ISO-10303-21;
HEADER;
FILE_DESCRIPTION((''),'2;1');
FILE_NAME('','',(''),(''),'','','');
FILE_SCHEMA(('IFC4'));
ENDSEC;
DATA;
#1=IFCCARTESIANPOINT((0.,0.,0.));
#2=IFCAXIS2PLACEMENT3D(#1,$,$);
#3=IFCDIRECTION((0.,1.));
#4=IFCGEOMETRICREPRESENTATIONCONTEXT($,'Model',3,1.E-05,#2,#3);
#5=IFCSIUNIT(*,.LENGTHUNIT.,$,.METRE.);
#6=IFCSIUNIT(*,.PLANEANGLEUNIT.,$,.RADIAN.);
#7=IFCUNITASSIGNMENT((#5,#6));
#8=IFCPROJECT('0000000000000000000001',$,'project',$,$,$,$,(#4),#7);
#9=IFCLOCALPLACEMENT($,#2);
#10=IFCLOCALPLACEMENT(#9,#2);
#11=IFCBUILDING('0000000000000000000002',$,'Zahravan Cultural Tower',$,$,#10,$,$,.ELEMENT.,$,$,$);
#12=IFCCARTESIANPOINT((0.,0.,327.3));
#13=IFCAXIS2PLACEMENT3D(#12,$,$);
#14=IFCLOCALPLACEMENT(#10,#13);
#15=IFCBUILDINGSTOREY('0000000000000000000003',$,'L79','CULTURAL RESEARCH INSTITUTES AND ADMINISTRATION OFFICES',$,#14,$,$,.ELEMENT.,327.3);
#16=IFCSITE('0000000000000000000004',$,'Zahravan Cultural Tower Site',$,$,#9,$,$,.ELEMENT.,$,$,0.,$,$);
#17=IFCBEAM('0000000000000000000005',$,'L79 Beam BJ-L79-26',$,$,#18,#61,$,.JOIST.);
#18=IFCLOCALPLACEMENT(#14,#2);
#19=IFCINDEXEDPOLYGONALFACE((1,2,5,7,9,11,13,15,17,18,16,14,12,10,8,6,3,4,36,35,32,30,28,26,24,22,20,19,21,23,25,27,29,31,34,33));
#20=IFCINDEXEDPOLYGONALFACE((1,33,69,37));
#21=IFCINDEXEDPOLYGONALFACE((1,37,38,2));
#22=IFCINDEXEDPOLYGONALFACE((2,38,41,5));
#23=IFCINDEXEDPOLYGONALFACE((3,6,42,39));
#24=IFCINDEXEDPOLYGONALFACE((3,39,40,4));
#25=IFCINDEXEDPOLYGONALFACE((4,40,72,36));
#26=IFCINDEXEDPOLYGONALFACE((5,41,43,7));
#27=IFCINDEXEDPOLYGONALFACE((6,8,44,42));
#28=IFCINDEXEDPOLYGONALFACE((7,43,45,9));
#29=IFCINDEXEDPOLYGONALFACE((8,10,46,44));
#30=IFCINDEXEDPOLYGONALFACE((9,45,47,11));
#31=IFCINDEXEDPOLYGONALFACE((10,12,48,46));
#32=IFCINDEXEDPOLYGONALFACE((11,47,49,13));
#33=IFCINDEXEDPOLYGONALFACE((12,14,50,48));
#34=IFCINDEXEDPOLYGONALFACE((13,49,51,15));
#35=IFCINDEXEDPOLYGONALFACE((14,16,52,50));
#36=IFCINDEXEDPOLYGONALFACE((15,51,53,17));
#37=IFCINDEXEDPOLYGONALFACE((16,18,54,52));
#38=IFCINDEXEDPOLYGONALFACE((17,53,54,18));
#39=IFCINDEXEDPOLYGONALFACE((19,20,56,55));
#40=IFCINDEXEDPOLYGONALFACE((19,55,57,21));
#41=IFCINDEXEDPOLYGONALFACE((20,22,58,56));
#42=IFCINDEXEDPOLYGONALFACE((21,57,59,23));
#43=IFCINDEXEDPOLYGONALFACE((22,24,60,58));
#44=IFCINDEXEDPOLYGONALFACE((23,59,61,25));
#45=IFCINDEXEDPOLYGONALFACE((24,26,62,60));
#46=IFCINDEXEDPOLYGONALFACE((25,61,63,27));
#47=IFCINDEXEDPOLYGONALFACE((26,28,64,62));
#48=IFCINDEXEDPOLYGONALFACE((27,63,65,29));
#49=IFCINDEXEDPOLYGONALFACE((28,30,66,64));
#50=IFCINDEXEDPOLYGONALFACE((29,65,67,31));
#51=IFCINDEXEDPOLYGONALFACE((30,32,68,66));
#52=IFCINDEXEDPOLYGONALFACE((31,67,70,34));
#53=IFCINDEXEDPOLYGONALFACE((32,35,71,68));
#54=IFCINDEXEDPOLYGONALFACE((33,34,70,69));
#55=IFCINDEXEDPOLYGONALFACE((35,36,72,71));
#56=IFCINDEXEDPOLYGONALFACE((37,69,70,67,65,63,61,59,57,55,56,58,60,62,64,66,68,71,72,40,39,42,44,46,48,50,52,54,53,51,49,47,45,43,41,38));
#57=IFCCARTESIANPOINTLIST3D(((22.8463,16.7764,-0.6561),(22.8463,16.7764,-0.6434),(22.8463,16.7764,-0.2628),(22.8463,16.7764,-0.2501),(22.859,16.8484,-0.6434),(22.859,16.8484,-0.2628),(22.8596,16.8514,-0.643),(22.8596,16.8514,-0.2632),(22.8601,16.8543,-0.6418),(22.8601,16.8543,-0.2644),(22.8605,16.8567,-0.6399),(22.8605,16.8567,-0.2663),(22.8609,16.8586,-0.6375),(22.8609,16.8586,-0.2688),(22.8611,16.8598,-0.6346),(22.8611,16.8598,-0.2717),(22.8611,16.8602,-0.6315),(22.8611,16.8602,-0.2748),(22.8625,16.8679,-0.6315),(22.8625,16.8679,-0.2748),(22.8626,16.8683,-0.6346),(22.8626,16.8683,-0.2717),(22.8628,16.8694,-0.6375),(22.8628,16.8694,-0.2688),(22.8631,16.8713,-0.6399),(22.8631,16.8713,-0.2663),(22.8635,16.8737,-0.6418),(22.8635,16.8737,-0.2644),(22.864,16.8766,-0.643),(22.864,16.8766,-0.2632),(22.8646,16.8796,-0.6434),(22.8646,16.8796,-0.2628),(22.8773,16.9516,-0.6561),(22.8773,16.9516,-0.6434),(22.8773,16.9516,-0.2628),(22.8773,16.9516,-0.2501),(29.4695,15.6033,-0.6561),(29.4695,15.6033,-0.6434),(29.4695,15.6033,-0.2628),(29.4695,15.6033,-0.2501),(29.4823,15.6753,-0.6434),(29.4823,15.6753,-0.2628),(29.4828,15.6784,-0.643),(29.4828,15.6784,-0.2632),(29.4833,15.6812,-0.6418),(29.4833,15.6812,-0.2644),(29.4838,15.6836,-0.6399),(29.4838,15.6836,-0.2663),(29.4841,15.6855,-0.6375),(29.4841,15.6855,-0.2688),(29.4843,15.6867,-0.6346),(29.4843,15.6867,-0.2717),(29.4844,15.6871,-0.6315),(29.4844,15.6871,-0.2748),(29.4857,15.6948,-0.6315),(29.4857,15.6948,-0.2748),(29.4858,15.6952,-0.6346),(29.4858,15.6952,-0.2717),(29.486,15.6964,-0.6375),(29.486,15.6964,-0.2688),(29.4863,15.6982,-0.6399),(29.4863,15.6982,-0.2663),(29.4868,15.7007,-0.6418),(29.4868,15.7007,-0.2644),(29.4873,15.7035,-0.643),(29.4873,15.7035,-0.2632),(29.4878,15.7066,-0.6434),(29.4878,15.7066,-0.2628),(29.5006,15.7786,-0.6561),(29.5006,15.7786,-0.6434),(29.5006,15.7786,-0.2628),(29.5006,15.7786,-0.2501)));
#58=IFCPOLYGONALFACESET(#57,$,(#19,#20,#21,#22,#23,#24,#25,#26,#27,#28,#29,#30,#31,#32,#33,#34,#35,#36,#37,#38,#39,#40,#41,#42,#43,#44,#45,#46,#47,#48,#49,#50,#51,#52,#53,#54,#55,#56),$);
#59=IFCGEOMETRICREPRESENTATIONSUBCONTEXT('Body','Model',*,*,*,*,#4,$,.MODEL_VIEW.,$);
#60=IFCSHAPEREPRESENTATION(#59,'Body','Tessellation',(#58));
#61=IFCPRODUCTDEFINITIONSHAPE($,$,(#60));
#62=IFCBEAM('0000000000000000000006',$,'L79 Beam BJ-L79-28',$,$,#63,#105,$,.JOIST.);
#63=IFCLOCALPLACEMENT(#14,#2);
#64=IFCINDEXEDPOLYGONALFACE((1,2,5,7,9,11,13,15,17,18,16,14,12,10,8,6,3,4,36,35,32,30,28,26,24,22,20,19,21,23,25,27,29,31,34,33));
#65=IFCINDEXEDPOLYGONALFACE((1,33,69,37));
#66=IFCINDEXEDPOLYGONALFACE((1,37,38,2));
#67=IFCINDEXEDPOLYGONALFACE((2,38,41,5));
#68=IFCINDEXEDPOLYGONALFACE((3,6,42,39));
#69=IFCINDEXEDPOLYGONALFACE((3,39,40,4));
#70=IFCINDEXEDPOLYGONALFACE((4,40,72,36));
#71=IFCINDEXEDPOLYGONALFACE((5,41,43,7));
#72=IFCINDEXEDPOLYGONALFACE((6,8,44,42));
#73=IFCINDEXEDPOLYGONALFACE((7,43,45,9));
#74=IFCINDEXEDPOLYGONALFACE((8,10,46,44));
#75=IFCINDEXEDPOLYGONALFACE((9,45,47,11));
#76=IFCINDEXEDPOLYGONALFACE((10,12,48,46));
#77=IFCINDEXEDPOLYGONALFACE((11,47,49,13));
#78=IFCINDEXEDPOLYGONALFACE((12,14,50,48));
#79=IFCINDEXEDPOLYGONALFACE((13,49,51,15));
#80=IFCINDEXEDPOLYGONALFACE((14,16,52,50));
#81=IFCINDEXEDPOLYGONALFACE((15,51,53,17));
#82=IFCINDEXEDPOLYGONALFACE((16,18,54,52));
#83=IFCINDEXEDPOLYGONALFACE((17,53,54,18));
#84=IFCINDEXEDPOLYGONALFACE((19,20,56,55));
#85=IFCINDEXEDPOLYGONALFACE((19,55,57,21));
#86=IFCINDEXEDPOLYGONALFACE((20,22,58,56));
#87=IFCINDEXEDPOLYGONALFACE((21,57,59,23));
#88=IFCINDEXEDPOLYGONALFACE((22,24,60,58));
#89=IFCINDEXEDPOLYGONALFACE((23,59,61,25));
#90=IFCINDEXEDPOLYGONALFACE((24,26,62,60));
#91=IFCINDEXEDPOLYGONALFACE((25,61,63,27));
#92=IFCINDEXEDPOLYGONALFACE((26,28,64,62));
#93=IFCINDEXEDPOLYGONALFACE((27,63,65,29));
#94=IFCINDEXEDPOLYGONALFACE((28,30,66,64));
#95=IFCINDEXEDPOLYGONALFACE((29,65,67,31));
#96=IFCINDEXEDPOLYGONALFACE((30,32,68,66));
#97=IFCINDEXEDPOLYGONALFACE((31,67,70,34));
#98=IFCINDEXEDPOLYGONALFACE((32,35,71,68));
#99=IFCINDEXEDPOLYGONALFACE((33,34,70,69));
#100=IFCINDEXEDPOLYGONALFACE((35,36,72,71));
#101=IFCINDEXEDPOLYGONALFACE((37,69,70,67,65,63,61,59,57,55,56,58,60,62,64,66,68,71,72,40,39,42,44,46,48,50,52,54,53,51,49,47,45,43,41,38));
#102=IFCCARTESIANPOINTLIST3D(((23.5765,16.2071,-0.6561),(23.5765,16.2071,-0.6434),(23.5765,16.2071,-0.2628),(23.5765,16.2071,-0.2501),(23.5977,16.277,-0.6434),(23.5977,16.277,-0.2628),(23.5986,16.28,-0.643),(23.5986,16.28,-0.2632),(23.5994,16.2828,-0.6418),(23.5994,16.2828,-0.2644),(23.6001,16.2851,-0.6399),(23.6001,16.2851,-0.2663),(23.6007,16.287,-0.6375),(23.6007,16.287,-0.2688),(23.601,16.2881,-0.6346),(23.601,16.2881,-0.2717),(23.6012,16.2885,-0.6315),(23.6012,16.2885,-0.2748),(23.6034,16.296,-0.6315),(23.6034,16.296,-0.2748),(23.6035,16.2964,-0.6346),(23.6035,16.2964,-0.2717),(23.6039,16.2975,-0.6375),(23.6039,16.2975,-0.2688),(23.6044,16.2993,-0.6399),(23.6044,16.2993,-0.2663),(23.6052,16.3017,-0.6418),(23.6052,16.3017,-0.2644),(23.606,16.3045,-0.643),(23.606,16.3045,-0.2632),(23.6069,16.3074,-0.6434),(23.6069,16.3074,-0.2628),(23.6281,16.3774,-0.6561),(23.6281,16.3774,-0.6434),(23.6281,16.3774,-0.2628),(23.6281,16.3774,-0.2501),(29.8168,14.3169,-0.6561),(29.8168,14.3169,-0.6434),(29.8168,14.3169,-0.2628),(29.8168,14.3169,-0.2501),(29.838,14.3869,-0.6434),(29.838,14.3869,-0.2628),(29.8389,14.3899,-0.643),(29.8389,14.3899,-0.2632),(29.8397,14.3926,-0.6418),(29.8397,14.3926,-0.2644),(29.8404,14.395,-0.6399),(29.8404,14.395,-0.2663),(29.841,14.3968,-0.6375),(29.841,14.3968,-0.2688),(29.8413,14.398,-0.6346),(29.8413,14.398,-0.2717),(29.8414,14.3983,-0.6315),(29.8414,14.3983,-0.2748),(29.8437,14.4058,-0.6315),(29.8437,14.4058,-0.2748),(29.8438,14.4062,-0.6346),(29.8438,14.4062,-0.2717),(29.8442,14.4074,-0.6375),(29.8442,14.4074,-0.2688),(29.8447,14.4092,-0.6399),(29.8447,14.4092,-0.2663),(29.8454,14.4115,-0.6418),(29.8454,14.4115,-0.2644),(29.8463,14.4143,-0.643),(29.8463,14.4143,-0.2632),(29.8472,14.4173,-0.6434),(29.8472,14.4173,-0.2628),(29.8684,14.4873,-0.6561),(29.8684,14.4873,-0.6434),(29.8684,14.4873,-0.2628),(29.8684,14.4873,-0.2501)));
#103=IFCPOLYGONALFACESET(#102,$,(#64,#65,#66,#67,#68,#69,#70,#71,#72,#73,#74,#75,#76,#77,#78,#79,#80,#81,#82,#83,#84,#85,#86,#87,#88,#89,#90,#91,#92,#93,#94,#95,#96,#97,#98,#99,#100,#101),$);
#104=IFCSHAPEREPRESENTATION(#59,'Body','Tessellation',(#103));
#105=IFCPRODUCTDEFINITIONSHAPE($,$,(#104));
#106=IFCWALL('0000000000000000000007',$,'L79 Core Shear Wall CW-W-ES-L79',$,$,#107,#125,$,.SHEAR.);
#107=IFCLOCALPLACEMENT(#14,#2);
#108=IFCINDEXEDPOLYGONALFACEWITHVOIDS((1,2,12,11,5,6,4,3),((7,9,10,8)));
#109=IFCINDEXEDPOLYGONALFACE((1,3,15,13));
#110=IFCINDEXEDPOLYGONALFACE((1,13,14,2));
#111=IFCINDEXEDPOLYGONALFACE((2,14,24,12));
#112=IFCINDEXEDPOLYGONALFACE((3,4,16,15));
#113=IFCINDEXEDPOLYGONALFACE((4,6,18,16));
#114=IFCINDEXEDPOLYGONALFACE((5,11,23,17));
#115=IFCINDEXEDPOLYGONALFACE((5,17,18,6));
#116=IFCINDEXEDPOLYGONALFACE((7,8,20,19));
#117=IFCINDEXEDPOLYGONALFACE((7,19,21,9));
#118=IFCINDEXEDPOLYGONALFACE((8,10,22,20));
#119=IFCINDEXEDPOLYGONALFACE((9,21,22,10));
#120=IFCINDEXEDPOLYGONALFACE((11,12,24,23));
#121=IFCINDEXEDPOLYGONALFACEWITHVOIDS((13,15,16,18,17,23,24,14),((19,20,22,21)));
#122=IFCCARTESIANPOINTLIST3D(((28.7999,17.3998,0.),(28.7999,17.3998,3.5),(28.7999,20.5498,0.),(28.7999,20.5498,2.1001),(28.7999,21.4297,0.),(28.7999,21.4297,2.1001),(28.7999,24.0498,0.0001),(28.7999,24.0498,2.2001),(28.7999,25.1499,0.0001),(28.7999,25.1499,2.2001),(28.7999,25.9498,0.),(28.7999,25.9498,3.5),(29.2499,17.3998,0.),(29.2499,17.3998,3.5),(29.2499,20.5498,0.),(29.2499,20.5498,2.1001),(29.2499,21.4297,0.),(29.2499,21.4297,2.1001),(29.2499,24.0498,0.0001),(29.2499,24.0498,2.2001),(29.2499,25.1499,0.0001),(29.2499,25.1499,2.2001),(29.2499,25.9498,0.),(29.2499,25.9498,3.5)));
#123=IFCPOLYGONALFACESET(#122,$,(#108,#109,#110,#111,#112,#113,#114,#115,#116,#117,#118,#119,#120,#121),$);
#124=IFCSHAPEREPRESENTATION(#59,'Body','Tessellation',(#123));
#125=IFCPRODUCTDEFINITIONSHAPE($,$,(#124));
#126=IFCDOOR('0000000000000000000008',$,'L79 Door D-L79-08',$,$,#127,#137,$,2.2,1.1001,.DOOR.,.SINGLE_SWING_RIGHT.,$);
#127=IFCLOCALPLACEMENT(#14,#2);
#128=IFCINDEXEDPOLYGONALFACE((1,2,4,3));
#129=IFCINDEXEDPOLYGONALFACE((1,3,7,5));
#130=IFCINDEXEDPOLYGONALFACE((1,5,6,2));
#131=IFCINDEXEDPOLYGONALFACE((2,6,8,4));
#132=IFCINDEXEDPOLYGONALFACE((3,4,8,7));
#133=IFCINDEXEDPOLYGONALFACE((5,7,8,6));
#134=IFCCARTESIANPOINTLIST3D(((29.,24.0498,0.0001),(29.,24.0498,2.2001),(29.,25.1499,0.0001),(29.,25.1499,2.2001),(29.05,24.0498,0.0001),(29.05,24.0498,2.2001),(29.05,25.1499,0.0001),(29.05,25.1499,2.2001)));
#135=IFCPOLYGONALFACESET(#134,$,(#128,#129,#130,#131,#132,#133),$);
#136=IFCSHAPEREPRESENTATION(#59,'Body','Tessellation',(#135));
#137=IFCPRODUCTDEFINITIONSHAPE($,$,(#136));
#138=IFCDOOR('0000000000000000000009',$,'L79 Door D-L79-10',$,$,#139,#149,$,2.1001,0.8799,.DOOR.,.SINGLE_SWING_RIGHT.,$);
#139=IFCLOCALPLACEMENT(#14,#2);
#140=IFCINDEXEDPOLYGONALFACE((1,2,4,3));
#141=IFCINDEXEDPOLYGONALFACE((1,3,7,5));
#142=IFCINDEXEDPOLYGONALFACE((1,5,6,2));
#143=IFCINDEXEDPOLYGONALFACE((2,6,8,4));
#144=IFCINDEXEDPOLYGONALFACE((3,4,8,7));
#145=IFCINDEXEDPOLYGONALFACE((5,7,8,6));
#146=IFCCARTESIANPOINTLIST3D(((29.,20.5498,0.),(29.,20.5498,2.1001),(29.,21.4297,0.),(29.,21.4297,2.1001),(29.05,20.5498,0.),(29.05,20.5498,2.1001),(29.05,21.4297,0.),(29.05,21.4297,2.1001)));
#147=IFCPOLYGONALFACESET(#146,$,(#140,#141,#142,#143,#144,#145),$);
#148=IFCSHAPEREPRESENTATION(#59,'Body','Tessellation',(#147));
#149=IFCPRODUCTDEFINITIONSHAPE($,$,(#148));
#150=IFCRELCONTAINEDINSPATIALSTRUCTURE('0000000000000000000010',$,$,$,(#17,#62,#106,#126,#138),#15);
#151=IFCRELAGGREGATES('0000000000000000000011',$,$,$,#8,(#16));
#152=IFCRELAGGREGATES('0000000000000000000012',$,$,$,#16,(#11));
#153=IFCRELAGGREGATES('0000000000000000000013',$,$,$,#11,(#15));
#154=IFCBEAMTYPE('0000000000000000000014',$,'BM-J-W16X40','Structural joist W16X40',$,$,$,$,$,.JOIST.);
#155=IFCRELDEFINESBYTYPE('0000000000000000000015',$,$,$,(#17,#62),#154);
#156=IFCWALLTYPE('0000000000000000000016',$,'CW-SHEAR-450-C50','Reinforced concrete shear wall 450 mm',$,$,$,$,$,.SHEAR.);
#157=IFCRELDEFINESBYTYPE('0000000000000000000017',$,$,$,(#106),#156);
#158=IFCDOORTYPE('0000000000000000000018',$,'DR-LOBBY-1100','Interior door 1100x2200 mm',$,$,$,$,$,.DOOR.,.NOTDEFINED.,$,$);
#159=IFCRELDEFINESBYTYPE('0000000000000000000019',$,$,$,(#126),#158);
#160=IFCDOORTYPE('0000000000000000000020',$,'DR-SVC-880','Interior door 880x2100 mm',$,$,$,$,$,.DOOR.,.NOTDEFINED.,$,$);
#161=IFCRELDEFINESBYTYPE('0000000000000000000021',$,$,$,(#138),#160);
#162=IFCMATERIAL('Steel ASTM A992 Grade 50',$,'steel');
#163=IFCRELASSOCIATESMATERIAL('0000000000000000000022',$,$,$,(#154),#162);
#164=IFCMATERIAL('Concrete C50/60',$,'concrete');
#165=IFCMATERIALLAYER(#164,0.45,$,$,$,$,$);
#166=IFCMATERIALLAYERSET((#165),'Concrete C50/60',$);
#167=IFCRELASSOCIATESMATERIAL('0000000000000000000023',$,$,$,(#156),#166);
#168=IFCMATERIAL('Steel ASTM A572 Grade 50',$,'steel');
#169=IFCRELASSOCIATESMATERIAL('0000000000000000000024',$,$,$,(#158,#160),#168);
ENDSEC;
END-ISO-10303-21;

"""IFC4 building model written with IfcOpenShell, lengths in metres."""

from ifc_helpers import new_model, si_unit, direction, frame, frame_2d, origin, origin_2d, place, context, subcontext, project, spatial, rectangle, i_section, extrude, source, transform, mapped, material, layer, layer_set, material_profile, profile_set, type_object, element, fill, save


model = new_model("IFC4")

# Units and contexts
model_context = context("Model", 3, precision=1e-05, world=origin(), true_north=direction((0.0, 1.0)))
body_context = subcontext(model_context, "Body", "Model", "MODEL_VIEW")
ifc_project = project(units=[si_unit("LENGTHUNIT", "METRE"), si_unit("PLANEANGLEUNIT", "RADIAN")], contexts=[model_context])

# Site, building, storey
site_placement = place(None, origin())
site = spatial("IfcSite", under=ifc_project, at=site_placement, Name="Zahravan Cultural Tower Site", CompositionType="ELEMENT", RefElevation=0.0)
building_placement = place(site_placement, origin())
building = spatial("IfcBuilding", under=site, at=building_placement, Name="Zahravan Cultural Tower", CompositionType="ELEMENT")
storey_placement = place(building_placement, frame((0.0, 0.0, 327.3)))
storey = spatial("IfcBuildingStorey", under=building, at=storey_placement, Name="L79", Description="CULTURAL RESEARCH INSTITUTES AND ADMINISTRATION OFFICES", CompositionType="ELEMENT", Elevation=327.3)

# Shared definitions
ifc_material_1 = material(Name="Steel ASTM A992 Grade 50", Category="steel")

# Beams
ifc_material_profile_1 = material_profile(ifc_material_1, i_section(OverallWidth=0.178, OverallDepth=0.406, WebThickness=0.0078, FlangeThickness=0.0127, FilletRadius=0.012, at=origin_2d()), Name="W16X40")
ifc_profile_set_1 = profile_set([ifc_material_profile_1], Name="Steel ASTM A992 Grade 50")
beam_type_1 = type_object("IfcBeamType", Name="BM-J-W16X40", Description="Structural joist W16X40", PredefinedType="JOIST", material=ifc_profile_set_1)
shared_shape_1 = source(origin(), body_context, "Body", "SweptSolid", [
    extrude(i_section(OverallWidth=0.178, OverallDepth=0.406, WebThickness=0.0078, FlangeThickness=0.0127, FilletRadius=0.012, at=origin_2d()), origin(), (0.0, 0.0, 1.0), 6.7263),
])
beam_1_placement = place(storey_placement, frame((22.8618, 16.864, -0.4531), z_axis=(0.984674, -0.174402, 0.0), x_axis=(0.174402, 0.984674, 0.0)))
element("IfcBeam", 1, at=beam_1_placement, inside=storey, type_object=beam_type_1, Name="L79 Beam BJ-L79-26", PredefinedType="JOIST", context=body_context, shape_type="MappedRepresentation", body=[
    mapped(shared_shape_1, transform((0.0, 0.0, 0.0), x_axis=(1.0, 0.0, 0.0), y_axis=(0.0, 1.0, 0.0), z_axis=(0.0, 0.0, 1.0), scale=1.0)),
])
shared_shape_2 = source(origin(), body_context, "Body", "SweptSolid", [
    extrude(i_section(OverallWidth=0.178, OverallDepth=0.406, WebThickness=0.0078, FlangeThickness=0.0127, FilletRadius=0.012, at=origin_2d()), origin(), (0.0, 0.0, 1.0), 6.5203),
])
beam_2_placement = place(storey_placement, frame((23.6023, 16.2922, -0.4531), z_axis=(0.95706, -0.289889, 0.0), x_axis=(0.289889, 0.95706, 0.0)))
element("IfcBeam", 2, at=beam_2_placement, inside=storey, type_object=beam_type_1, Name="L79 Beam BJ-L79-28", PredefinedType="JOIST", context=body_context, shape_type="MappedRepresentation", body=[
    mapped(shared_shape_2, transform((0.0, 0.0, 0.0), x_axis=(1.0, 0.0, 0.0), y_axis=(0.0, 1.0, 0.0), z_axis=(0.0, 0.0, 1.0), scale=1.0)),
])

# Wall, openings, doors
ifc_material_2 = material(Name="Concrete C50/60", Category="concrete")
ifc_layer_1 = layer(ifc_material_2, 0.45)
ifc_layer_set_1 = layer_set([ifc_layer_1], Name="Concrete C50/60")
wall_type_1 = type_object("IfcWallType", Name="CW-SHEAR-450-C50", Description="Reinforced concrete shear wall 450 mm", PredefinedType="SHEAR", material=ifc_layer_set_1)
wall_1_placement = place(storey_placement, frame((29.0249, 17.3999, 0.0), z_axis=(0.0, 0.0, 1.0), x_axis=(0.0, 1.0, 0.0)))
wall_1 = element("IfcWall", 3, at=wall_1_placement, inside=storey, type_object=wall_type_1, Name="L79 Core Shear Wall CW-W-ES-L79", PredefinedType="SHEAR", context=body_context, shape_type="SweptSolid", body=[
    extrude(rectangle(XDim=8.55, YDim=0.45, at=frame_2d((4.2749, 0.0))), origin(), (0.0, 0.0, 1.0), 3.5),
])
opening_1_placement = place(wall_1_placement, frame((6.6499, 0.0, 0.0)))
opening_1 = element("IfcOpeningElement", 4, at=opening_1_placement, cuts=wall_1, PredefinedType="OPENING", context=body_context, shape_type="SweptSolid", body=[
    extrude(rectangle(XDim=1.1001, YDim=2.2, at=frame_2d((0.55, 1.1001))), frame((0.0, 0.2349, 0.0), z_axis=(0.0, -1.0, 0.0), x_axis=(1.0, 0.0, 0.0)), (0.0, 0.0, 1.0), 0.47),
])
opening_2_placement = place(wall_1_placement, frame((3.1499, 0.0, 0.0)))
opening_2 = element("IfcOpeningElement", 5, at=opening_2_placement, cuts=wall_1, PredefinedType="OPENING", context=body_context, shape_type="SweptSolid", body=[
    extrude(rectangle(XDim=0.8799, YDim=2.1001, at=frame_2d((0.4399, 1.05))), frame((0.0, 0.2349, 0.0), z_axis=(0.0, -1.0, 0.0), x_axis=(1.0, 0.0, 0.0)), (0.0, 0.0, 1.0), 0.47),
])
ifc_material_3 = material(Name="Steel ASTM A572 Grade 50", Category="steel")
door_type_1 = type_object("IfcDoorType", Name="DR-LOBBY-1100", Description="Interior door 1100x2200 mm", OperationType="NOTDEFINED", PredefinedType="DOOR", material=ifc_material_3)
shared_shape_3 = source(origin(), body_context, "Body", "SweptSolid", [
    extrude(rectangle(XDim=1.1001, YDim=2.2, at=frame_2d((0.55, 1.1001))), frame((0.0, 0.0249, 0.0), z_axis=(0.0, -1.0, 0.0), x_axis=(1.0, 0.0, 0.0)), (0.0, 0.0, 1.0), 0.05),
])
door_1_placement = place(opening_1_placement, origin())
door_1 = element("IfcDoor", 6, at=door_1_placement, inside=storey, type_object=door_type_1, Name="L79 Door D-L79-08", OperationType="SINGLE_SWING_RIGHT", OverallHeight=2.2, OverallWidth=1.1001, PredefinedType="DOOR", context=body_context, shape_type="MappedRepresentation", body=[
    mapped(shared_shape_3, transform((0.0, 0.0, 0.0), x_axis=(1.0, 0.0, 0.0), y_axis=(0.0, 1.0, 0.0), z_axis=(0.0, 0.0, 1.0), scale=1.0)),
])
fill(opening_1, door_1)
door_type_2 = type_object("IfcDoorType", Name="DR-SVC-880", Description="Interior door 880x2100 mm", OperationType="NOTDEFINED", PredefinedType="DOOR", material=ifc_material_3)
shared_shape_4 = source(origin(), body_context, "Body", "SweptSolid", [
    extrude(rectangle(XDim=0.8799, YDim=2.1001, at=frame_2d((0.4399, 1.05))), frame((0.0, 0.0249, 0.0), z_axis=(0.0, -1.0, 0.0), x_axis=(1.0, 0.0, 0.0)), (0.0, 0.0, 1.0), 0.05),
])
door_2_placement = place(opening_2_placement, origin())
door_2 = element("IfcDoor", 7, at=door_2_placement, inside=storey, type_object=door_type_2, Name="L79 Door D-L79-10", OperationType="SINGLE_SWING_RIGHT", OverallHeight=2.1001, OverallWidth=0.8799, PredefinedType="DOOR", context=body_context, shape_type="MappedRepresentation", body=[
    mapped(shared_shape_4, transform((0.0, 0.0, 0.0), x_axis=(1.0, 0.0, 0.0), y_axis=(0.0, 1.0, 0.0), z_axis=(0.0, 0.0, 1.0), scale=1.0)),
])
fill(opening_2, door_2)

save(model, "model.ifc")
